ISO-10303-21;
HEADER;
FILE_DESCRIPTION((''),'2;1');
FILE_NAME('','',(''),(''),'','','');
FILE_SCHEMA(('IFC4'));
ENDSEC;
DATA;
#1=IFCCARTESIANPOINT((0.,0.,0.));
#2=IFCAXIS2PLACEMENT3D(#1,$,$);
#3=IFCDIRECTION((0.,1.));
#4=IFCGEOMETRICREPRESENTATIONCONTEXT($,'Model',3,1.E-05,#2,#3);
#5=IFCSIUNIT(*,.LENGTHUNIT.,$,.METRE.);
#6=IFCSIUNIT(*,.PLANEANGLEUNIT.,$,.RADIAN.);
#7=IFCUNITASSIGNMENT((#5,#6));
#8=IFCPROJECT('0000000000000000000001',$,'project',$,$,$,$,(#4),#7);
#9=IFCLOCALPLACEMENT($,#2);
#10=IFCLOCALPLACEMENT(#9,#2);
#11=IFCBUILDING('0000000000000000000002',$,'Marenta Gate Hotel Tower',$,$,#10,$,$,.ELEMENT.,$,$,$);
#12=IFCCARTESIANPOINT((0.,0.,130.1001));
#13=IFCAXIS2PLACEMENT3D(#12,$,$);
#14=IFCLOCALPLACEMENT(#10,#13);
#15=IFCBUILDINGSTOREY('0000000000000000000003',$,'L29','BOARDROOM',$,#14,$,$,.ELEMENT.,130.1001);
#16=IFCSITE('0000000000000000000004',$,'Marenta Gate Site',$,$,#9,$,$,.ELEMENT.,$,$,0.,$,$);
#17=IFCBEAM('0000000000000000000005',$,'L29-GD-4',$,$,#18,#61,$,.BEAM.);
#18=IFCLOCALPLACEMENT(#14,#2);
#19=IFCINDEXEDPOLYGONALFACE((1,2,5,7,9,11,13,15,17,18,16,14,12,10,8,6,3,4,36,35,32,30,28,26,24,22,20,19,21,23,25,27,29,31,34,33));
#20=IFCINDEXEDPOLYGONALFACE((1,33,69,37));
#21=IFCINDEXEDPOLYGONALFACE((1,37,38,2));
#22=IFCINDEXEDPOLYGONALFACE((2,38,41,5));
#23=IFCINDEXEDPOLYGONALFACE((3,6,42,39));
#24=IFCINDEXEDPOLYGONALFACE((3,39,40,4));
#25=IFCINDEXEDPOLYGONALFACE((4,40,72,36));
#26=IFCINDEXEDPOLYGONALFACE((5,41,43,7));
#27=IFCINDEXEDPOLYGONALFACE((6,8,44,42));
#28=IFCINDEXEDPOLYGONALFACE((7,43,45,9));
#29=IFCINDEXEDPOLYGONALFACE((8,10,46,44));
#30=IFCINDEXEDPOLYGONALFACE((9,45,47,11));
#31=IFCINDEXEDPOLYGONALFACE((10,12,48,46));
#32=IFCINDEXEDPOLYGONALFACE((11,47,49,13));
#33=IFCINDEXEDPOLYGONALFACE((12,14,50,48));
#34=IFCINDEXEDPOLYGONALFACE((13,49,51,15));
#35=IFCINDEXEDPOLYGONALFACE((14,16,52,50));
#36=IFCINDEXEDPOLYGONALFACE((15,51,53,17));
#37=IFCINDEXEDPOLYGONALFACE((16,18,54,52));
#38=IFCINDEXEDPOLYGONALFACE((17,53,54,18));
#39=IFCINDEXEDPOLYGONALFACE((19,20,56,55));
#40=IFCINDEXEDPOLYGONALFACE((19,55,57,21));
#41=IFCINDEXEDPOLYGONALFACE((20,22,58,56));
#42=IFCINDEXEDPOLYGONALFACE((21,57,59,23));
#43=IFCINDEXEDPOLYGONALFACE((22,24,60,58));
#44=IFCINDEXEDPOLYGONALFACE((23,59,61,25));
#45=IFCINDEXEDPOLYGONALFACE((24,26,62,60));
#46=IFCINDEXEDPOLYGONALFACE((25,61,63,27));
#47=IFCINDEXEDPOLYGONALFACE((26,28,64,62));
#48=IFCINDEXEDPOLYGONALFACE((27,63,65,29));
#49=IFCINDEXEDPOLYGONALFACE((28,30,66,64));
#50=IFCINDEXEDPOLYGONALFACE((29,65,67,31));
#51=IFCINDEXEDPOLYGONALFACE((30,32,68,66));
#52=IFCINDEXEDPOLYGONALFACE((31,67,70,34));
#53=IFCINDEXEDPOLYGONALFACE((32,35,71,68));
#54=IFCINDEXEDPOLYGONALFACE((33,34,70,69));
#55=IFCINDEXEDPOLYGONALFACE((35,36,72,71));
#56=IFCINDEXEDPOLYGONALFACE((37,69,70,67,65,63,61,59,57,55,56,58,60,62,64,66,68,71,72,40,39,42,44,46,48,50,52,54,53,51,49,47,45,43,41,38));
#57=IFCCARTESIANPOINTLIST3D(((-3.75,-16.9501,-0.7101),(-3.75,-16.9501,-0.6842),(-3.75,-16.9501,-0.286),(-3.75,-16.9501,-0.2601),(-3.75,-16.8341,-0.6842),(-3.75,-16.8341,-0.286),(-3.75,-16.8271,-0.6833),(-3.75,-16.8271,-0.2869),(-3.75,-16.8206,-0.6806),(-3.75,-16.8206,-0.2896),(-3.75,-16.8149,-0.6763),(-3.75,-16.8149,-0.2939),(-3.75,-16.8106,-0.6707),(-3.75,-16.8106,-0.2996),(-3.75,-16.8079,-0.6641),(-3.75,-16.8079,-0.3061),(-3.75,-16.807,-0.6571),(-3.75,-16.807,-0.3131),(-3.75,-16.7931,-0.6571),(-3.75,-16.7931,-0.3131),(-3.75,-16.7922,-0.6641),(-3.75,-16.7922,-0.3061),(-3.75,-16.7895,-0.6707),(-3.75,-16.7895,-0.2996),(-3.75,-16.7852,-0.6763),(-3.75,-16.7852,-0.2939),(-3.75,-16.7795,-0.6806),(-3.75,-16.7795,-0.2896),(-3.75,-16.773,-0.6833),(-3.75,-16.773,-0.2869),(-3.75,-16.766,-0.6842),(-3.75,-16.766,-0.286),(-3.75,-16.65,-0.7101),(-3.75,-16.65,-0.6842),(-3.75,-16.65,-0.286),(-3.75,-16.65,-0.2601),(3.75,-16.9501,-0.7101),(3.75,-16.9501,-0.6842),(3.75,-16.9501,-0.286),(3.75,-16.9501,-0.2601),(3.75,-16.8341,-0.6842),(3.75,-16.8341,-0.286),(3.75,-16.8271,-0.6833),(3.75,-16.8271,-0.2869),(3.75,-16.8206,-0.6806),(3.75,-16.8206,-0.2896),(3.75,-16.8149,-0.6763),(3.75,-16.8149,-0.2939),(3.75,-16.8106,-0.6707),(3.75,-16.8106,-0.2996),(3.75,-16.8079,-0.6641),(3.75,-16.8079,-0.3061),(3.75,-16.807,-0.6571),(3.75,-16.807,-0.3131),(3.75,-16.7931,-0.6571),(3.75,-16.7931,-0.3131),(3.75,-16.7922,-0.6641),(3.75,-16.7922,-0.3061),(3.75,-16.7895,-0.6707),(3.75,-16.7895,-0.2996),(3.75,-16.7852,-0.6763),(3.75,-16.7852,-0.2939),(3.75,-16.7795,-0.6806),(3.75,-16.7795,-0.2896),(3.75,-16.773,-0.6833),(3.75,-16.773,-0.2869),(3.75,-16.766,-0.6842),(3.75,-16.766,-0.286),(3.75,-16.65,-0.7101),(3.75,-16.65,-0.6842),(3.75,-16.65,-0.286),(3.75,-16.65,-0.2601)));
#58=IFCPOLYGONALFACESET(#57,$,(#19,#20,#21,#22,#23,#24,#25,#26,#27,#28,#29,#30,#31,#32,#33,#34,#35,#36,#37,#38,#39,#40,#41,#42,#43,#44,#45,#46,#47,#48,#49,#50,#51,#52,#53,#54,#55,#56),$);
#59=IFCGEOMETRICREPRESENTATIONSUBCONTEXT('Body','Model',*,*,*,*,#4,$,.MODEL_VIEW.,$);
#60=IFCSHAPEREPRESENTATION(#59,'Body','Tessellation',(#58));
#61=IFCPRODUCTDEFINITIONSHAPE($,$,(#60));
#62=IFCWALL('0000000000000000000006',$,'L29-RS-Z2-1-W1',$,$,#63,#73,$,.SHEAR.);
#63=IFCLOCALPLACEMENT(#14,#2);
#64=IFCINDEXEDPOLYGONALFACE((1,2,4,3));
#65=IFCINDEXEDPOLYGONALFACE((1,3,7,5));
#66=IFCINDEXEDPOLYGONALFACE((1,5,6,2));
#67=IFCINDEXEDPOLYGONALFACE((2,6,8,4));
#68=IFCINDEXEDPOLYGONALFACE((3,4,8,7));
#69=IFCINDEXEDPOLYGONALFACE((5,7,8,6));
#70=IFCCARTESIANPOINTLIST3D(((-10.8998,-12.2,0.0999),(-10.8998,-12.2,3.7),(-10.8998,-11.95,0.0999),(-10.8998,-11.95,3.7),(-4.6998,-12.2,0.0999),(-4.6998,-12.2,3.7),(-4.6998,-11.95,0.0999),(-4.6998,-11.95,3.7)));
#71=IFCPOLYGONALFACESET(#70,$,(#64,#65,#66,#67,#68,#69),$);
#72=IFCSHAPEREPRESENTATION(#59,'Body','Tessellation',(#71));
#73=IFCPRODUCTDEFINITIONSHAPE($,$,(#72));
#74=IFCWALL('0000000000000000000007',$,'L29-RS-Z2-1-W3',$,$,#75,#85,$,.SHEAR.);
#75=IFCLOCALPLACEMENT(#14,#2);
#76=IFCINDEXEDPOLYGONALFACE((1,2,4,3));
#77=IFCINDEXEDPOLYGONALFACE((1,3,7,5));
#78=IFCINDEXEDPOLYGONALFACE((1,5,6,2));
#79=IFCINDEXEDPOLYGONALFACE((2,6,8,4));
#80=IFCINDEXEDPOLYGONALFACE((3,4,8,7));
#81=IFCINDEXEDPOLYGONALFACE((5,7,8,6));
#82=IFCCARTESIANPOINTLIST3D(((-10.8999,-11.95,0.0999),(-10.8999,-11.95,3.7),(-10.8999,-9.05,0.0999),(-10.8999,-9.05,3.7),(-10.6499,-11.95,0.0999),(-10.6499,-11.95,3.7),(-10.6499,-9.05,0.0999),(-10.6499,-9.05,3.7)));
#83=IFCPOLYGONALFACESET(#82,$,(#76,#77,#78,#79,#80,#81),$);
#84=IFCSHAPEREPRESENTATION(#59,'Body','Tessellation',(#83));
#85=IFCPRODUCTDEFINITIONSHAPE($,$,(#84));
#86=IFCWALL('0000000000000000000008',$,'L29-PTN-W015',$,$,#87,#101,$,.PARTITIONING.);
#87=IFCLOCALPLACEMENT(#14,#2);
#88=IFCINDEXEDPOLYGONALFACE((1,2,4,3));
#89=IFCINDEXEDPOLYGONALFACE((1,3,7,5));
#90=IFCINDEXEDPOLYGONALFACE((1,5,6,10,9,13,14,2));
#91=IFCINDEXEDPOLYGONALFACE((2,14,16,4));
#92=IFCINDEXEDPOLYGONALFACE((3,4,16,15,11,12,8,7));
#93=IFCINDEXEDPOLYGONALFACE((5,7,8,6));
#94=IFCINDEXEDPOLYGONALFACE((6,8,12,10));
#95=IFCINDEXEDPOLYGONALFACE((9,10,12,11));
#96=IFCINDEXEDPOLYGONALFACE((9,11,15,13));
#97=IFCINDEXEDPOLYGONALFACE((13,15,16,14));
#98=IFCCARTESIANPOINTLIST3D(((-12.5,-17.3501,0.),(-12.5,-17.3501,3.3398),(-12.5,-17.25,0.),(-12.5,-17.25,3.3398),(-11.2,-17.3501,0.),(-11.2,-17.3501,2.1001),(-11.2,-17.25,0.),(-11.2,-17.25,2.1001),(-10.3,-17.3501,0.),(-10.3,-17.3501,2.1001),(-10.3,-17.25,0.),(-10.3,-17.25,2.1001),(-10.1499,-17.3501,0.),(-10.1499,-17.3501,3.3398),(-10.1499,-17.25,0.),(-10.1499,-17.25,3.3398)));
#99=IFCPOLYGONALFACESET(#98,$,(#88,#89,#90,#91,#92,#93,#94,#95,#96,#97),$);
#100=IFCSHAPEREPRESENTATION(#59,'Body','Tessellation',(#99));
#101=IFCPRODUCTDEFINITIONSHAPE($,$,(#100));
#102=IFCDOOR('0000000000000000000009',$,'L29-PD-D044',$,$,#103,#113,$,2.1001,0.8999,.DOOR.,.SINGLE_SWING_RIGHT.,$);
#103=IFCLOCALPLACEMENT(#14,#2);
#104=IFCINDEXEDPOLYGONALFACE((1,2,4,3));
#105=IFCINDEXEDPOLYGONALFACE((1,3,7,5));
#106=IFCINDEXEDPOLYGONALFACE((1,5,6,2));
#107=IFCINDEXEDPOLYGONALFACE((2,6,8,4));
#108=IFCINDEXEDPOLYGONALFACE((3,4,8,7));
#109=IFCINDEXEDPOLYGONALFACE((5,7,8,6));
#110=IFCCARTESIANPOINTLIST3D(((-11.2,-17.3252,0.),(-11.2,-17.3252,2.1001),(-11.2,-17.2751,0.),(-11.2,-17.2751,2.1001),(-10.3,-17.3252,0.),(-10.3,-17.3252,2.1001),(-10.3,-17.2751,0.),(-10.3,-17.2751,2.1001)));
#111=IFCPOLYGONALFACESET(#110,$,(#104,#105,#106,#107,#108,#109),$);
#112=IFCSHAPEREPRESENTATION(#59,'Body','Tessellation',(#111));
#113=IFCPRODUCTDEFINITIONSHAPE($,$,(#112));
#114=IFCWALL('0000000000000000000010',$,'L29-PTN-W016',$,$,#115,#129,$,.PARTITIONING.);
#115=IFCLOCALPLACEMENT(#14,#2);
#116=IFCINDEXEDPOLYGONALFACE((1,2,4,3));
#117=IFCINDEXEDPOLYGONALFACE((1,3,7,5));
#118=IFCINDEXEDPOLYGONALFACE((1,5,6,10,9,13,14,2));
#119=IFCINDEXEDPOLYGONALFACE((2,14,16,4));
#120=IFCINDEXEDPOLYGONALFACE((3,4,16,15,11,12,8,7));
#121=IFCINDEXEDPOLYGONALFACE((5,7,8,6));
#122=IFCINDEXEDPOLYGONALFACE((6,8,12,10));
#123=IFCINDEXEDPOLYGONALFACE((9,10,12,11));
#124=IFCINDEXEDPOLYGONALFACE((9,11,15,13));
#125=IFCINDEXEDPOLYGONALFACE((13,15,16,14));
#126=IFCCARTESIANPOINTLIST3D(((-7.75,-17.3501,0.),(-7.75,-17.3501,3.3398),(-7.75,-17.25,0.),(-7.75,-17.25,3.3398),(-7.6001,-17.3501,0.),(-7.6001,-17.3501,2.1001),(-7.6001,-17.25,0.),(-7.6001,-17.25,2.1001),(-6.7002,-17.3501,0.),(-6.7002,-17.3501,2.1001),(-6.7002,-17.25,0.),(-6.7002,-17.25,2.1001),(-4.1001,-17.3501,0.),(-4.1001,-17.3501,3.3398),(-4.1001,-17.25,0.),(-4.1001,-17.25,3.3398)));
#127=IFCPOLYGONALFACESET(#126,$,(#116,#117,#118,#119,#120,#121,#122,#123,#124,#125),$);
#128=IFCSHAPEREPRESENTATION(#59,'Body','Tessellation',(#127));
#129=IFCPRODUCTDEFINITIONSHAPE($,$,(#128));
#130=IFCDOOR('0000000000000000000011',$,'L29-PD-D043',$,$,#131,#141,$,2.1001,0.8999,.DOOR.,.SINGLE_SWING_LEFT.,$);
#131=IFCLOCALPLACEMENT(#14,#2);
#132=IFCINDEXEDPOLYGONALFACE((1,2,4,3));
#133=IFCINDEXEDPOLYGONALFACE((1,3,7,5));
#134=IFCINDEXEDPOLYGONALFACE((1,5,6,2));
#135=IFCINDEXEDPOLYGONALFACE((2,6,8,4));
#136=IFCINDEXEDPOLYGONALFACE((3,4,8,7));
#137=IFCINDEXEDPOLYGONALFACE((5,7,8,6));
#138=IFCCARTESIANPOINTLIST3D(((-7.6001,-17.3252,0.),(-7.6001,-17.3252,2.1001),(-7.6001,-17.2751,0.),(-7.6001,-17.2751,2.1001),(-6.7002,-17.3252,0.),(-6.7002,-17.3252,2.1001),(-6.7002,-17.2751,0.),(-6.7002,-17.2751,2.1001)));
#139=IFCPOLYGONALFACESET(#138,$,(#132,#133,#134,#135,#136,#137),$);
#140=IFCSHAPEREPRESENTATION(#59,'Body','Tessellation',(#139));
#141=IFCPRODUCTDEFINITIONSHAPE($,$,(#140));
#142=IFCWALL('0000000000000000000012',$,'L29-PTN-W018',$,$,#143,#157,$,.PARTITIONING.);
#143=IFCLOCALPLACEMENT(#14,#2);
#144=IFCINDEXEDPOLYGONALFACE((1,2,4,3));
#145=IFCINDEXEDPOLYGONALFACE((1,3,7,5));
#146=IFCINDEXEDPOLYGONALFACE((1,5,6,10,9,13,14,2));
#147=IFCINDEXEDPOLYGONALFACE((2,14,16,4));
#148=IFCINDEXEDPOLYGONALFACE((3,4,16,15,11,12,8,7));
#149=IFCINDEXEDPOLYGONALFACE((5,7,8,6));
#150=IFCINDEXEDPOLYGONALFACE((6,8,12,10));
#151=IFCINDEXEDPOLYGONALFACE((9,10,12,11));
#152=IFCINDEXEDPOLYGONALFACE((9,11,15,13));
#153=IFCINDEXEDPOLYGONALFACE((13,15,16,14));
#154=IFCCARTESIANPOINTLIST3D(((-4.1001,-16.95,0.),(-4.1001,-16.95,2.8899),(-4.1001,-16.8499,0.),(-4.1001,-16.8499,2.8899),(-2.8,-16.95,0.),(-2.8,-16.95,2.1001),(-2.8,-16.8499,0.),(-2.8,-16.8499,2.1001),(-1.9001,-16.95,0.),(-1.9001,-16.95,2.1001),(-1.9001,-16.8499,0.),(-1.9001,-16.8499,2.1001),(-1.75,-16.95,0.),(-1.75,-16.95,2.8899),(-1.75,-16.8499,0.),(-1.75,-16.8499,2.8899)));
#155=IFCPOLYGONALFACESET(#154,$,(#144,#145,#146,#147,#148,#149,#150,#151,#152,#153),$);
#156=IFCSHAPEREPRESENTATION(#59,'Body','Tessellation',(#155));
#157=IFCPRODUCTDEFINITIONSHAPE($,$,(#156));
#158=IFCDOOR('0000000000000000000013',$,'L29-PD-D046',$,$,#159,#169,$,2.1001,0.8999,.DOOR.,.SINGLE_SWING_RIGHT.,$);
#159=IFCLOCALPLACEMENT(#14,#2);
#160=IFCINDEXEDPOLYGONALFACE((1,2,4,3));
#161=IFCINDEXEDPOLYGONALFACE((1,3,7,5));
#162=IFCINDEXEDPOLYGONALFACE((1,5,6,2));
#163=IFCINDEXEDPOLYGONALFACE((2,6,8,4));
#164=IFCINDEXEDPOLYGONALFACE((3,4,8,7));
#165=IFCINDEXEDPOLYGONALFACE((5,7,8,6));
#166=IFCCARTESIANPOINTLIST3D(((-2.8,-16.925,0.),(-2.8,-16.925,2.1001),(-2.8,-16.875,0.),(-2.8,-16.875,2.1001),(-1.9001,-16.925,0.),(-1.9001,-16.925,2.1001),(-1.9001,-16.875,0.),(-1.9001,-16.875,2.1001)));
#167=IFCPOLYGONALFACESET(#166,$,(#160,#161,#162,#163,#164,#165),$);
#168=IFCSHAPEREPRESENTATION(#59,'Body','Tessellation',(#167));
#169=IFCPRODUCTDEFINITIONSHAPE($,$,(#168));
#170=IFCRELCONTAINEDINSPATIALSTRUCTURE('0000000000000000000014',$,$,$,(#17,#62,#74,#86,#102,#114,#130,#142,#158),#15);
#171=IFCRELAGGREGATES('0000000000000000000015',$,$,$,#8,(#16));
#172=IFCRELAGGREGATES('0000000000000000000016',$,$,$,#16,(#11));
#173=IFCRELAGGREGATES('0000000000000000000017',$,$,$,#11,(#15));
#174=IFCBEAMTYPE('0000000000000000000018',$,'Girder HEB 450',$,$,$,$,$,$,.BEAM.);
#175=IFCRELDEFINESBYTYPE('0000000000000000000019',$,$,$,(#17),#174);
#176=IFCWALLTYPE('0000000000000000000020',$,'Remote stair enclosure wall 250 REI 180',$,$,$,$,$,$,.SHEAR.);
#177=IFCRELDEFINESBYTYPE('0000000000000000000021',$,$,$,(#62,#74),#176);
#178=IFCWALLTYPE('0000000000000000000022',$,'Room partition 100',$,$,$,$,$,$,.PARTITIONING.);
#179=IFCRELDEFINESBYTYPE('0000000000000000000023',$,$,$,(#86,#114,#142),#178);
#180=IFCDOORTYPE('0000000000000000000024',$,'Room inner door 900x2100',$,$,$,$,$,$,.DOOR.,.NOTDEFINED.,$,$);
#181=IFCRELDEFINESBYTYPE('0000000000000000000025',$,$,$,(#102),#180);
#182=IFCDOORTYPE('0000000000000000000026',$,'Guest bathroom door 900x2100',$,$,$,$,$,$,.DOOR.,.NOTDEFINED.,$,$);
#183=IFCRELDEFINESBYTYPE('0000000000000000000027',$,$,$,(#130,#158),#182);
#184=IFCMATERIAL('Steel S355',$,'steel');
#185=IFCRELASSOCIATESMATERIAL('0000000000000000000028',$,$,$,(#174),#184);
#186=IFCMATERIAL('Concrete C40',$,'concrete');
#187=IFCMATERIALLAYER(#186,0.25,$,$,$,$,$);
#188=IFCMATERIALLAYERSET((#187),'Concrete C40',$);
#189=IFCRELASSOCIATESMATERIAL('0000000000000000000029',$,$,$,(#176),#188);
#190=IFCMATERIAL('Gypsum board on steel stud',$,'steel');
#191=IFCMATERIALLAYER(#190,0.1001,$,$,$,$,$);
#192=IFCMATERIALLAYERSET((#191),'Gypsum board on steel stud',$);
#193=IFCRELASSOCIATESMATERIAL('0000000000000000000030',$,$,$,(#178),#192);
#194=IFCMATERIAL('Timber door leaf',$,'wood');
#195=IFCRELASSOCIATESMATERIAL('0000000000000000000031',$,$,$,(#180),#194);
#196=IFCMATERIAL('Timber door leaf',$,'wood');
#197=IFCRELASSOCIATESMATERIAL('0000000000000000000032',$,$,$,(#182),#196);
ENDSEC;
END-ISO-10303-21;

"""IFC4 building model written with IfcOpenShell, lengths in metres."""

from ifc_helpers import new_model, si_unit, direction, frame, frame_2d, origin, origin_2d, place, context, subcontext, project, spatial, rectangle, i_section, extrude, material, layer, layer_set, material_profile, profile_set, type_object, element, fill, save


model = new_model("IFC4")

# Units and contexts
model_context = context("Model", 3, precision=1e-05, world=origin(), true_north=direction((0.0, 1.0)))
body_context = subcontext(model_context, "Body", "Model", "MODEL_VIEW")
ifc_project = project(units=[si_unit("LENGTHUNIT", "METRE"), si_unit("PLANEANGLEUNIT", "RADIAN")], contexts=[model_context])

# Site, building, storey
site_placement = place(None, origin())
site = spatial("IfcSite", under=ifc_project, at=site_placement, Name="Marenta Gate Site", CompositionType="ELEMENT", RefElevation=0.0)
building_placement = place(site_placement, origin())
building = spatial("IfcBuilding", under=site, at=building_placement, Name="Marenta Gate Hotel Tower", CompositionType="ELEMENT")
storey_placement = place(building_placement, frame((0.0, 0.0, 130.1001)))
storey = spatial("IfcBuildingStorey", under=building, at=storey_placement, Name="L29", Description="BOARDROOM", CompositionType="ELEMENT", Elevation=130.1001)

# Beam
ifc_material_1 = material(Name="Steel S355", Category="steel")
ifc_material_profile_1 = material_profile(ifc_material_1, i_section(OverallWidth=0.3, OverallDepth=0.45, WebThickness=0.0139, FlangeThickness=0.0259, FilletRadius=0.0271, at=origin_2d()), Name="HEB 450")
ifc_profile_set_1 = profile_set([ifc_material_profile_1], Name="Steel S355")
beam_type_1 = type_object("IfcBeamType", Name="Girder HEB 450", PredefinedType="BEAM", material=ifc_profile_set_1)
for number, where, z_axis, x_axis, name in (
    (1, (-3.75, -16.8, -0.4851), (1.0, 0.0, 0.0), (0.0, 1.0, 0.0), "L29-GD-4"),
):
    element("IfcBeam", number, at=place(storey_placement, frame(where, z_axis=z_axis, x_axis=x_axis)), inside=storey, type_object=beam_type_1, Name=name, PredefinedType="BEAM", context=body_context, shape_type="SweptSolid", body=[
        extrude(i_section(OverallWidth=0.3, OverallDepth=0.45, WebThickness=0.0139, FlangeThickness=0.0259, FilletRadius=0.0271, at=origin_2d()), origin(), (0.0, 0.0, 1.0), 7.5),
    ])

# Walls
ifc_material_2 = material(Name="Concrete C40", Category="concrete")
ifc_layer_1 = layer(ifc_material_2, 0.25)
ifc_layer_set_1 = layer_set([ifc_layer_1], Name="Concrete C40")
wall_type_1 = type_object("IfcWallType", Name="Remote stair enclosure wall 250 REI 180", PredefinedType="SHEAR", material=ifc_layer_set_1)
wall_1_placement = place(storey_placement, frame((-10.8999, -12.075, 0.0999), z_axis=(0.0, 0.0, 1.0), x_axis=(1.0, 0.0, 0.0)))
element("IfcWall", 2, at=wall_1_placement, inside=storey, type_object=wall_type_1, Name="L29-RS-Z2-1-W1", PredefinedType="SHEAR", context=body_context, shape_type="SweptSolid", body=[
    extrude(rectangle(XDim=6.2, YDim=0.25, at=frame_2d((3.1001, 0.0))), origin(), (0.0, 0.0, 1.0), 3.6001),
])
wall_2_placement = place(storey_placement, frame((-10.7749, -11.95, 0.0999), z_axis=(0.0, 0.0, 1.0), x_axis=(0.0, 1.0, 0.0)))
element("IfcWall", 3, at=wall_2_placement, inside=storey, type_object=wall_type_1, Name="L29-RS-Z2-1-W3", PredefinedType="SHEAR", context=body_context, shape_type="SweptSolid", body=[
    extrude(rectangle(XDim=2.8999, YDim=0.25, at=frame_2d((1.45, 0.0))), origin(), (0.0, 0.0, 1.0), 3.6001),
])

# Walls, openings, doors
ifc_material_3 = material(Name="Gypsum board on steel stud", Category="steel")
ifc_layer_2 = layer(ifc_material_3, 0.1001)
ifc_layer_set_2 = layer_set([ifc_layer_2], Name="Gypsum board on steel stud")
wall_type_2 = type_object("IfcWallType", Name="Room partition 100", PredefinedType="PARTITIONING", material=ifc_layer_set_2)
wall_3_placement = place(storey_placement, frame((-12.5, -17.3, 0.0), z_axis=(0.0, 0.0, 1.0), x_axis=(1.0, 0.0, 0.0)))
wall_3 = element("IfcWall", 4, at=wall_3_placement, inside=storey, type_object=wall_type_2, Name="L29-PTN-W015", PredefinedType="PARTITIONING", context=body_context, shape_type="SweptSolid", body=[
    extrude(rectangle(XDim=2.3501, YDim=0.1001, at=frame_2d((1.175, 0.0))), origin(), (0.0, 0.0, 1.0), 3.3398),
])
opening_1_placement = place(wall_3_placement, frame((1.3, 0.0, 0.0)))
opening_1 = element("IfcOpeningElement", 5, at=opening_1_placement, cuts=wall_3, PredefinedType="OPENING", context=body_context, shape_type="SweptSolid", body=[
    extrude(rectangle(XDim=0.8999, YDim=2.1001, at=frame_2d((0.45, 1.05))), frame((0.0, 0.05, 0.0), z_axis=(0.0, -1.0, 0.0), x_axis=(1.0, 0.0, 0.0)), (0.0, 0.0, 1.0), 0.1001),
])
ifc_material_4 = material(Name="Timber door leaf", Category="wood")
door_type_1 = type_object("IfcDoorType", Name="Room inner door 900x2100", OperationType="NOTDEFINED", PredefinedType="DOOR", material=ifc_material_4)
door_1_placement = place(opening_1_placement, origin())
door_1 = element("IfcDoor", 6, at=door_1_placement, inside=storey, type_object=door_type_1, Name="L29-PD-D044", OperationType="SINGLE_SWING_RIGHT", OverallHeight=2.1001, OverallWidth=0.8999, PredefinedType="DOOR", context=body_context, shape_type="SweptSolid", body=[
    extrude(rectangle(XDim=0.8999, YDim=2.1001, at=frame_2d((0.45, 1.05))), frame((0.0, 0.0249, 0.0), z_axis=(0.0, -1.0, 0.0), x_axis=(1.0, 0.0, 0.0)), (0.0, 0.0, 1.0), 0.05),
])
fill(opening_1, door_1)
wall_4_placement = place(storey_placement, frame((-7.75, -17.3, 0.0), z_axis=(0.0, 0.0, 1.0), x_axis=(1.0, 0.0, 0.0)))
wall_4 = element("IfcWall", 7, at=wall_4_placement, inside=storey, type_object=wall_type_2, Name="L29-PTN-W016", PredefinedType="PARTITIONING", context=body_context, shape_type="SweptSolid", body=[
    extrude(rectangle(XDim=3.6499, YDim=0.1001, at=frame_2d((1.825, 0.0))), origin(), (0.0, 0.0, 1.0), 3.3398),
])
opening_2_placement = place(wall_4_placement, frame((0.1499, 0.0, 0.0)))
opening_2 = element("IfcOpeningElement", 8, at=opening_2_placement, cuts=wall_4, PredefinedType="OPENING", context=body_context, shape_type="SweptSolid", body=[
    extrude(rectangle(XDim=0.8999, YDim=2.1001, at=frame_2d((0.45, 1.05))), frame((0.0, 0.05, 0.0), z_axis=(0.0, -1.0, 0.0), x_axis=(1.0, 0.0, 0.0)), (0.0, 0.0, 1.0), 0.1001),
])
ifc_material_5 = material(Name="Timber door leaf", Category="wood")
door_type_2 = type_object("IfcDoorType", Name="Guest bathroom door 900x2100", OperationType="NOTDEFINED", PredefinedType="DOOR", material=ifc_material_5)
door_2_placement = place(opening_2_placement, origin())
door_2 = element("IfcDoor", 9, at=door_2_placement, inside=storey, type_object=door_type_2, Name="L29-PD-D043", OperationType="SINGLE_SWING_LEFT", OverallHeight=2.1001, OverallWidth=0.8999, PredefinedType="DOOR", context=body_context, shape_type="SweptSolid", body=[
    extrude(rectangle(XDim=0.8999, YDim=2.1001, at=frame_2d((0.45, 1.05))), frame((0.0, 0.0249, 0.0), z_axis=(0.0, -1.0, 0.0), x_axis=(1.0, 0.0, 0.0)), (0.0, 0.0, 1.0), 0.05),
])
fill(opening_2, door_2)
wall_5_placement = place(storey_placement, frame((-4.1001, -16.8999, 0.0), z_axis=(0.0, 0.0, 1.0), x_axis=(1.0, 0.0, 0.0)))
wall_5 = element("IfcWall", 10, at=wall_5_placement, inside=storey, type_object=wall_type_2, Name="L29-PTN-W018", PredefinedType="PARTITIONING", context=body_context, shape_type="SweptSolid", body=[
    extrude(rectangle(XDim=2.3501, YDim=0.1001, at=frame_2d((1.175, 0.0))), origin(), (0.0, 0.0, 1.0), 2.8899),
])
opening_3_placement = place(wall_5_placement, frame((1.3, 0.0, 0.0)))
opening_3 = element("IfcOpeningElement", 11, at=opening_3_placement, cuts=wall_5, PredefinedType="OPENING", context=body_context, shape_type="SweptSolid", body=[
    extrude(rectangle(XDim=0.8999, YDim=2.1001, at=frame_2d((0.45, 1.05))), frame((0.0, 0.05, 0.0), z_axis=(0.0, -1.0, 0.0), x_axis=(1.0, 0.0, 0.0)), (0.0, 0.0, 1.0), 0.1001),
])
door_3_placement = place(opening_3_placement, origin())
door_3 = element("IfcDoor", 12, at=door_3_placement, inside=storey, type_object=door_type_2, Name="L29-PD-D046", OperationType="SINGLE_SWING_RIGHT", OverallHeight=2.1001, OverallWidth=0.8999, PredefinedType="DOOR", context=body_context, shape_type="SweptSolid", body=[
    extrude(rectangle(XDim=0.8999, YDim=2.1001, at=frame_2d((0.45, 1.05))), frame((0.0, 0.0249, 0.0), z_axis=(0.0, -1.0, 0.0), x_axis=(1.0, 0.0, 0.0)), (0.0, 0.0, 1.0), 0.05),
])
fill(opening_3, door_3)

save(model, "model.ifc")
